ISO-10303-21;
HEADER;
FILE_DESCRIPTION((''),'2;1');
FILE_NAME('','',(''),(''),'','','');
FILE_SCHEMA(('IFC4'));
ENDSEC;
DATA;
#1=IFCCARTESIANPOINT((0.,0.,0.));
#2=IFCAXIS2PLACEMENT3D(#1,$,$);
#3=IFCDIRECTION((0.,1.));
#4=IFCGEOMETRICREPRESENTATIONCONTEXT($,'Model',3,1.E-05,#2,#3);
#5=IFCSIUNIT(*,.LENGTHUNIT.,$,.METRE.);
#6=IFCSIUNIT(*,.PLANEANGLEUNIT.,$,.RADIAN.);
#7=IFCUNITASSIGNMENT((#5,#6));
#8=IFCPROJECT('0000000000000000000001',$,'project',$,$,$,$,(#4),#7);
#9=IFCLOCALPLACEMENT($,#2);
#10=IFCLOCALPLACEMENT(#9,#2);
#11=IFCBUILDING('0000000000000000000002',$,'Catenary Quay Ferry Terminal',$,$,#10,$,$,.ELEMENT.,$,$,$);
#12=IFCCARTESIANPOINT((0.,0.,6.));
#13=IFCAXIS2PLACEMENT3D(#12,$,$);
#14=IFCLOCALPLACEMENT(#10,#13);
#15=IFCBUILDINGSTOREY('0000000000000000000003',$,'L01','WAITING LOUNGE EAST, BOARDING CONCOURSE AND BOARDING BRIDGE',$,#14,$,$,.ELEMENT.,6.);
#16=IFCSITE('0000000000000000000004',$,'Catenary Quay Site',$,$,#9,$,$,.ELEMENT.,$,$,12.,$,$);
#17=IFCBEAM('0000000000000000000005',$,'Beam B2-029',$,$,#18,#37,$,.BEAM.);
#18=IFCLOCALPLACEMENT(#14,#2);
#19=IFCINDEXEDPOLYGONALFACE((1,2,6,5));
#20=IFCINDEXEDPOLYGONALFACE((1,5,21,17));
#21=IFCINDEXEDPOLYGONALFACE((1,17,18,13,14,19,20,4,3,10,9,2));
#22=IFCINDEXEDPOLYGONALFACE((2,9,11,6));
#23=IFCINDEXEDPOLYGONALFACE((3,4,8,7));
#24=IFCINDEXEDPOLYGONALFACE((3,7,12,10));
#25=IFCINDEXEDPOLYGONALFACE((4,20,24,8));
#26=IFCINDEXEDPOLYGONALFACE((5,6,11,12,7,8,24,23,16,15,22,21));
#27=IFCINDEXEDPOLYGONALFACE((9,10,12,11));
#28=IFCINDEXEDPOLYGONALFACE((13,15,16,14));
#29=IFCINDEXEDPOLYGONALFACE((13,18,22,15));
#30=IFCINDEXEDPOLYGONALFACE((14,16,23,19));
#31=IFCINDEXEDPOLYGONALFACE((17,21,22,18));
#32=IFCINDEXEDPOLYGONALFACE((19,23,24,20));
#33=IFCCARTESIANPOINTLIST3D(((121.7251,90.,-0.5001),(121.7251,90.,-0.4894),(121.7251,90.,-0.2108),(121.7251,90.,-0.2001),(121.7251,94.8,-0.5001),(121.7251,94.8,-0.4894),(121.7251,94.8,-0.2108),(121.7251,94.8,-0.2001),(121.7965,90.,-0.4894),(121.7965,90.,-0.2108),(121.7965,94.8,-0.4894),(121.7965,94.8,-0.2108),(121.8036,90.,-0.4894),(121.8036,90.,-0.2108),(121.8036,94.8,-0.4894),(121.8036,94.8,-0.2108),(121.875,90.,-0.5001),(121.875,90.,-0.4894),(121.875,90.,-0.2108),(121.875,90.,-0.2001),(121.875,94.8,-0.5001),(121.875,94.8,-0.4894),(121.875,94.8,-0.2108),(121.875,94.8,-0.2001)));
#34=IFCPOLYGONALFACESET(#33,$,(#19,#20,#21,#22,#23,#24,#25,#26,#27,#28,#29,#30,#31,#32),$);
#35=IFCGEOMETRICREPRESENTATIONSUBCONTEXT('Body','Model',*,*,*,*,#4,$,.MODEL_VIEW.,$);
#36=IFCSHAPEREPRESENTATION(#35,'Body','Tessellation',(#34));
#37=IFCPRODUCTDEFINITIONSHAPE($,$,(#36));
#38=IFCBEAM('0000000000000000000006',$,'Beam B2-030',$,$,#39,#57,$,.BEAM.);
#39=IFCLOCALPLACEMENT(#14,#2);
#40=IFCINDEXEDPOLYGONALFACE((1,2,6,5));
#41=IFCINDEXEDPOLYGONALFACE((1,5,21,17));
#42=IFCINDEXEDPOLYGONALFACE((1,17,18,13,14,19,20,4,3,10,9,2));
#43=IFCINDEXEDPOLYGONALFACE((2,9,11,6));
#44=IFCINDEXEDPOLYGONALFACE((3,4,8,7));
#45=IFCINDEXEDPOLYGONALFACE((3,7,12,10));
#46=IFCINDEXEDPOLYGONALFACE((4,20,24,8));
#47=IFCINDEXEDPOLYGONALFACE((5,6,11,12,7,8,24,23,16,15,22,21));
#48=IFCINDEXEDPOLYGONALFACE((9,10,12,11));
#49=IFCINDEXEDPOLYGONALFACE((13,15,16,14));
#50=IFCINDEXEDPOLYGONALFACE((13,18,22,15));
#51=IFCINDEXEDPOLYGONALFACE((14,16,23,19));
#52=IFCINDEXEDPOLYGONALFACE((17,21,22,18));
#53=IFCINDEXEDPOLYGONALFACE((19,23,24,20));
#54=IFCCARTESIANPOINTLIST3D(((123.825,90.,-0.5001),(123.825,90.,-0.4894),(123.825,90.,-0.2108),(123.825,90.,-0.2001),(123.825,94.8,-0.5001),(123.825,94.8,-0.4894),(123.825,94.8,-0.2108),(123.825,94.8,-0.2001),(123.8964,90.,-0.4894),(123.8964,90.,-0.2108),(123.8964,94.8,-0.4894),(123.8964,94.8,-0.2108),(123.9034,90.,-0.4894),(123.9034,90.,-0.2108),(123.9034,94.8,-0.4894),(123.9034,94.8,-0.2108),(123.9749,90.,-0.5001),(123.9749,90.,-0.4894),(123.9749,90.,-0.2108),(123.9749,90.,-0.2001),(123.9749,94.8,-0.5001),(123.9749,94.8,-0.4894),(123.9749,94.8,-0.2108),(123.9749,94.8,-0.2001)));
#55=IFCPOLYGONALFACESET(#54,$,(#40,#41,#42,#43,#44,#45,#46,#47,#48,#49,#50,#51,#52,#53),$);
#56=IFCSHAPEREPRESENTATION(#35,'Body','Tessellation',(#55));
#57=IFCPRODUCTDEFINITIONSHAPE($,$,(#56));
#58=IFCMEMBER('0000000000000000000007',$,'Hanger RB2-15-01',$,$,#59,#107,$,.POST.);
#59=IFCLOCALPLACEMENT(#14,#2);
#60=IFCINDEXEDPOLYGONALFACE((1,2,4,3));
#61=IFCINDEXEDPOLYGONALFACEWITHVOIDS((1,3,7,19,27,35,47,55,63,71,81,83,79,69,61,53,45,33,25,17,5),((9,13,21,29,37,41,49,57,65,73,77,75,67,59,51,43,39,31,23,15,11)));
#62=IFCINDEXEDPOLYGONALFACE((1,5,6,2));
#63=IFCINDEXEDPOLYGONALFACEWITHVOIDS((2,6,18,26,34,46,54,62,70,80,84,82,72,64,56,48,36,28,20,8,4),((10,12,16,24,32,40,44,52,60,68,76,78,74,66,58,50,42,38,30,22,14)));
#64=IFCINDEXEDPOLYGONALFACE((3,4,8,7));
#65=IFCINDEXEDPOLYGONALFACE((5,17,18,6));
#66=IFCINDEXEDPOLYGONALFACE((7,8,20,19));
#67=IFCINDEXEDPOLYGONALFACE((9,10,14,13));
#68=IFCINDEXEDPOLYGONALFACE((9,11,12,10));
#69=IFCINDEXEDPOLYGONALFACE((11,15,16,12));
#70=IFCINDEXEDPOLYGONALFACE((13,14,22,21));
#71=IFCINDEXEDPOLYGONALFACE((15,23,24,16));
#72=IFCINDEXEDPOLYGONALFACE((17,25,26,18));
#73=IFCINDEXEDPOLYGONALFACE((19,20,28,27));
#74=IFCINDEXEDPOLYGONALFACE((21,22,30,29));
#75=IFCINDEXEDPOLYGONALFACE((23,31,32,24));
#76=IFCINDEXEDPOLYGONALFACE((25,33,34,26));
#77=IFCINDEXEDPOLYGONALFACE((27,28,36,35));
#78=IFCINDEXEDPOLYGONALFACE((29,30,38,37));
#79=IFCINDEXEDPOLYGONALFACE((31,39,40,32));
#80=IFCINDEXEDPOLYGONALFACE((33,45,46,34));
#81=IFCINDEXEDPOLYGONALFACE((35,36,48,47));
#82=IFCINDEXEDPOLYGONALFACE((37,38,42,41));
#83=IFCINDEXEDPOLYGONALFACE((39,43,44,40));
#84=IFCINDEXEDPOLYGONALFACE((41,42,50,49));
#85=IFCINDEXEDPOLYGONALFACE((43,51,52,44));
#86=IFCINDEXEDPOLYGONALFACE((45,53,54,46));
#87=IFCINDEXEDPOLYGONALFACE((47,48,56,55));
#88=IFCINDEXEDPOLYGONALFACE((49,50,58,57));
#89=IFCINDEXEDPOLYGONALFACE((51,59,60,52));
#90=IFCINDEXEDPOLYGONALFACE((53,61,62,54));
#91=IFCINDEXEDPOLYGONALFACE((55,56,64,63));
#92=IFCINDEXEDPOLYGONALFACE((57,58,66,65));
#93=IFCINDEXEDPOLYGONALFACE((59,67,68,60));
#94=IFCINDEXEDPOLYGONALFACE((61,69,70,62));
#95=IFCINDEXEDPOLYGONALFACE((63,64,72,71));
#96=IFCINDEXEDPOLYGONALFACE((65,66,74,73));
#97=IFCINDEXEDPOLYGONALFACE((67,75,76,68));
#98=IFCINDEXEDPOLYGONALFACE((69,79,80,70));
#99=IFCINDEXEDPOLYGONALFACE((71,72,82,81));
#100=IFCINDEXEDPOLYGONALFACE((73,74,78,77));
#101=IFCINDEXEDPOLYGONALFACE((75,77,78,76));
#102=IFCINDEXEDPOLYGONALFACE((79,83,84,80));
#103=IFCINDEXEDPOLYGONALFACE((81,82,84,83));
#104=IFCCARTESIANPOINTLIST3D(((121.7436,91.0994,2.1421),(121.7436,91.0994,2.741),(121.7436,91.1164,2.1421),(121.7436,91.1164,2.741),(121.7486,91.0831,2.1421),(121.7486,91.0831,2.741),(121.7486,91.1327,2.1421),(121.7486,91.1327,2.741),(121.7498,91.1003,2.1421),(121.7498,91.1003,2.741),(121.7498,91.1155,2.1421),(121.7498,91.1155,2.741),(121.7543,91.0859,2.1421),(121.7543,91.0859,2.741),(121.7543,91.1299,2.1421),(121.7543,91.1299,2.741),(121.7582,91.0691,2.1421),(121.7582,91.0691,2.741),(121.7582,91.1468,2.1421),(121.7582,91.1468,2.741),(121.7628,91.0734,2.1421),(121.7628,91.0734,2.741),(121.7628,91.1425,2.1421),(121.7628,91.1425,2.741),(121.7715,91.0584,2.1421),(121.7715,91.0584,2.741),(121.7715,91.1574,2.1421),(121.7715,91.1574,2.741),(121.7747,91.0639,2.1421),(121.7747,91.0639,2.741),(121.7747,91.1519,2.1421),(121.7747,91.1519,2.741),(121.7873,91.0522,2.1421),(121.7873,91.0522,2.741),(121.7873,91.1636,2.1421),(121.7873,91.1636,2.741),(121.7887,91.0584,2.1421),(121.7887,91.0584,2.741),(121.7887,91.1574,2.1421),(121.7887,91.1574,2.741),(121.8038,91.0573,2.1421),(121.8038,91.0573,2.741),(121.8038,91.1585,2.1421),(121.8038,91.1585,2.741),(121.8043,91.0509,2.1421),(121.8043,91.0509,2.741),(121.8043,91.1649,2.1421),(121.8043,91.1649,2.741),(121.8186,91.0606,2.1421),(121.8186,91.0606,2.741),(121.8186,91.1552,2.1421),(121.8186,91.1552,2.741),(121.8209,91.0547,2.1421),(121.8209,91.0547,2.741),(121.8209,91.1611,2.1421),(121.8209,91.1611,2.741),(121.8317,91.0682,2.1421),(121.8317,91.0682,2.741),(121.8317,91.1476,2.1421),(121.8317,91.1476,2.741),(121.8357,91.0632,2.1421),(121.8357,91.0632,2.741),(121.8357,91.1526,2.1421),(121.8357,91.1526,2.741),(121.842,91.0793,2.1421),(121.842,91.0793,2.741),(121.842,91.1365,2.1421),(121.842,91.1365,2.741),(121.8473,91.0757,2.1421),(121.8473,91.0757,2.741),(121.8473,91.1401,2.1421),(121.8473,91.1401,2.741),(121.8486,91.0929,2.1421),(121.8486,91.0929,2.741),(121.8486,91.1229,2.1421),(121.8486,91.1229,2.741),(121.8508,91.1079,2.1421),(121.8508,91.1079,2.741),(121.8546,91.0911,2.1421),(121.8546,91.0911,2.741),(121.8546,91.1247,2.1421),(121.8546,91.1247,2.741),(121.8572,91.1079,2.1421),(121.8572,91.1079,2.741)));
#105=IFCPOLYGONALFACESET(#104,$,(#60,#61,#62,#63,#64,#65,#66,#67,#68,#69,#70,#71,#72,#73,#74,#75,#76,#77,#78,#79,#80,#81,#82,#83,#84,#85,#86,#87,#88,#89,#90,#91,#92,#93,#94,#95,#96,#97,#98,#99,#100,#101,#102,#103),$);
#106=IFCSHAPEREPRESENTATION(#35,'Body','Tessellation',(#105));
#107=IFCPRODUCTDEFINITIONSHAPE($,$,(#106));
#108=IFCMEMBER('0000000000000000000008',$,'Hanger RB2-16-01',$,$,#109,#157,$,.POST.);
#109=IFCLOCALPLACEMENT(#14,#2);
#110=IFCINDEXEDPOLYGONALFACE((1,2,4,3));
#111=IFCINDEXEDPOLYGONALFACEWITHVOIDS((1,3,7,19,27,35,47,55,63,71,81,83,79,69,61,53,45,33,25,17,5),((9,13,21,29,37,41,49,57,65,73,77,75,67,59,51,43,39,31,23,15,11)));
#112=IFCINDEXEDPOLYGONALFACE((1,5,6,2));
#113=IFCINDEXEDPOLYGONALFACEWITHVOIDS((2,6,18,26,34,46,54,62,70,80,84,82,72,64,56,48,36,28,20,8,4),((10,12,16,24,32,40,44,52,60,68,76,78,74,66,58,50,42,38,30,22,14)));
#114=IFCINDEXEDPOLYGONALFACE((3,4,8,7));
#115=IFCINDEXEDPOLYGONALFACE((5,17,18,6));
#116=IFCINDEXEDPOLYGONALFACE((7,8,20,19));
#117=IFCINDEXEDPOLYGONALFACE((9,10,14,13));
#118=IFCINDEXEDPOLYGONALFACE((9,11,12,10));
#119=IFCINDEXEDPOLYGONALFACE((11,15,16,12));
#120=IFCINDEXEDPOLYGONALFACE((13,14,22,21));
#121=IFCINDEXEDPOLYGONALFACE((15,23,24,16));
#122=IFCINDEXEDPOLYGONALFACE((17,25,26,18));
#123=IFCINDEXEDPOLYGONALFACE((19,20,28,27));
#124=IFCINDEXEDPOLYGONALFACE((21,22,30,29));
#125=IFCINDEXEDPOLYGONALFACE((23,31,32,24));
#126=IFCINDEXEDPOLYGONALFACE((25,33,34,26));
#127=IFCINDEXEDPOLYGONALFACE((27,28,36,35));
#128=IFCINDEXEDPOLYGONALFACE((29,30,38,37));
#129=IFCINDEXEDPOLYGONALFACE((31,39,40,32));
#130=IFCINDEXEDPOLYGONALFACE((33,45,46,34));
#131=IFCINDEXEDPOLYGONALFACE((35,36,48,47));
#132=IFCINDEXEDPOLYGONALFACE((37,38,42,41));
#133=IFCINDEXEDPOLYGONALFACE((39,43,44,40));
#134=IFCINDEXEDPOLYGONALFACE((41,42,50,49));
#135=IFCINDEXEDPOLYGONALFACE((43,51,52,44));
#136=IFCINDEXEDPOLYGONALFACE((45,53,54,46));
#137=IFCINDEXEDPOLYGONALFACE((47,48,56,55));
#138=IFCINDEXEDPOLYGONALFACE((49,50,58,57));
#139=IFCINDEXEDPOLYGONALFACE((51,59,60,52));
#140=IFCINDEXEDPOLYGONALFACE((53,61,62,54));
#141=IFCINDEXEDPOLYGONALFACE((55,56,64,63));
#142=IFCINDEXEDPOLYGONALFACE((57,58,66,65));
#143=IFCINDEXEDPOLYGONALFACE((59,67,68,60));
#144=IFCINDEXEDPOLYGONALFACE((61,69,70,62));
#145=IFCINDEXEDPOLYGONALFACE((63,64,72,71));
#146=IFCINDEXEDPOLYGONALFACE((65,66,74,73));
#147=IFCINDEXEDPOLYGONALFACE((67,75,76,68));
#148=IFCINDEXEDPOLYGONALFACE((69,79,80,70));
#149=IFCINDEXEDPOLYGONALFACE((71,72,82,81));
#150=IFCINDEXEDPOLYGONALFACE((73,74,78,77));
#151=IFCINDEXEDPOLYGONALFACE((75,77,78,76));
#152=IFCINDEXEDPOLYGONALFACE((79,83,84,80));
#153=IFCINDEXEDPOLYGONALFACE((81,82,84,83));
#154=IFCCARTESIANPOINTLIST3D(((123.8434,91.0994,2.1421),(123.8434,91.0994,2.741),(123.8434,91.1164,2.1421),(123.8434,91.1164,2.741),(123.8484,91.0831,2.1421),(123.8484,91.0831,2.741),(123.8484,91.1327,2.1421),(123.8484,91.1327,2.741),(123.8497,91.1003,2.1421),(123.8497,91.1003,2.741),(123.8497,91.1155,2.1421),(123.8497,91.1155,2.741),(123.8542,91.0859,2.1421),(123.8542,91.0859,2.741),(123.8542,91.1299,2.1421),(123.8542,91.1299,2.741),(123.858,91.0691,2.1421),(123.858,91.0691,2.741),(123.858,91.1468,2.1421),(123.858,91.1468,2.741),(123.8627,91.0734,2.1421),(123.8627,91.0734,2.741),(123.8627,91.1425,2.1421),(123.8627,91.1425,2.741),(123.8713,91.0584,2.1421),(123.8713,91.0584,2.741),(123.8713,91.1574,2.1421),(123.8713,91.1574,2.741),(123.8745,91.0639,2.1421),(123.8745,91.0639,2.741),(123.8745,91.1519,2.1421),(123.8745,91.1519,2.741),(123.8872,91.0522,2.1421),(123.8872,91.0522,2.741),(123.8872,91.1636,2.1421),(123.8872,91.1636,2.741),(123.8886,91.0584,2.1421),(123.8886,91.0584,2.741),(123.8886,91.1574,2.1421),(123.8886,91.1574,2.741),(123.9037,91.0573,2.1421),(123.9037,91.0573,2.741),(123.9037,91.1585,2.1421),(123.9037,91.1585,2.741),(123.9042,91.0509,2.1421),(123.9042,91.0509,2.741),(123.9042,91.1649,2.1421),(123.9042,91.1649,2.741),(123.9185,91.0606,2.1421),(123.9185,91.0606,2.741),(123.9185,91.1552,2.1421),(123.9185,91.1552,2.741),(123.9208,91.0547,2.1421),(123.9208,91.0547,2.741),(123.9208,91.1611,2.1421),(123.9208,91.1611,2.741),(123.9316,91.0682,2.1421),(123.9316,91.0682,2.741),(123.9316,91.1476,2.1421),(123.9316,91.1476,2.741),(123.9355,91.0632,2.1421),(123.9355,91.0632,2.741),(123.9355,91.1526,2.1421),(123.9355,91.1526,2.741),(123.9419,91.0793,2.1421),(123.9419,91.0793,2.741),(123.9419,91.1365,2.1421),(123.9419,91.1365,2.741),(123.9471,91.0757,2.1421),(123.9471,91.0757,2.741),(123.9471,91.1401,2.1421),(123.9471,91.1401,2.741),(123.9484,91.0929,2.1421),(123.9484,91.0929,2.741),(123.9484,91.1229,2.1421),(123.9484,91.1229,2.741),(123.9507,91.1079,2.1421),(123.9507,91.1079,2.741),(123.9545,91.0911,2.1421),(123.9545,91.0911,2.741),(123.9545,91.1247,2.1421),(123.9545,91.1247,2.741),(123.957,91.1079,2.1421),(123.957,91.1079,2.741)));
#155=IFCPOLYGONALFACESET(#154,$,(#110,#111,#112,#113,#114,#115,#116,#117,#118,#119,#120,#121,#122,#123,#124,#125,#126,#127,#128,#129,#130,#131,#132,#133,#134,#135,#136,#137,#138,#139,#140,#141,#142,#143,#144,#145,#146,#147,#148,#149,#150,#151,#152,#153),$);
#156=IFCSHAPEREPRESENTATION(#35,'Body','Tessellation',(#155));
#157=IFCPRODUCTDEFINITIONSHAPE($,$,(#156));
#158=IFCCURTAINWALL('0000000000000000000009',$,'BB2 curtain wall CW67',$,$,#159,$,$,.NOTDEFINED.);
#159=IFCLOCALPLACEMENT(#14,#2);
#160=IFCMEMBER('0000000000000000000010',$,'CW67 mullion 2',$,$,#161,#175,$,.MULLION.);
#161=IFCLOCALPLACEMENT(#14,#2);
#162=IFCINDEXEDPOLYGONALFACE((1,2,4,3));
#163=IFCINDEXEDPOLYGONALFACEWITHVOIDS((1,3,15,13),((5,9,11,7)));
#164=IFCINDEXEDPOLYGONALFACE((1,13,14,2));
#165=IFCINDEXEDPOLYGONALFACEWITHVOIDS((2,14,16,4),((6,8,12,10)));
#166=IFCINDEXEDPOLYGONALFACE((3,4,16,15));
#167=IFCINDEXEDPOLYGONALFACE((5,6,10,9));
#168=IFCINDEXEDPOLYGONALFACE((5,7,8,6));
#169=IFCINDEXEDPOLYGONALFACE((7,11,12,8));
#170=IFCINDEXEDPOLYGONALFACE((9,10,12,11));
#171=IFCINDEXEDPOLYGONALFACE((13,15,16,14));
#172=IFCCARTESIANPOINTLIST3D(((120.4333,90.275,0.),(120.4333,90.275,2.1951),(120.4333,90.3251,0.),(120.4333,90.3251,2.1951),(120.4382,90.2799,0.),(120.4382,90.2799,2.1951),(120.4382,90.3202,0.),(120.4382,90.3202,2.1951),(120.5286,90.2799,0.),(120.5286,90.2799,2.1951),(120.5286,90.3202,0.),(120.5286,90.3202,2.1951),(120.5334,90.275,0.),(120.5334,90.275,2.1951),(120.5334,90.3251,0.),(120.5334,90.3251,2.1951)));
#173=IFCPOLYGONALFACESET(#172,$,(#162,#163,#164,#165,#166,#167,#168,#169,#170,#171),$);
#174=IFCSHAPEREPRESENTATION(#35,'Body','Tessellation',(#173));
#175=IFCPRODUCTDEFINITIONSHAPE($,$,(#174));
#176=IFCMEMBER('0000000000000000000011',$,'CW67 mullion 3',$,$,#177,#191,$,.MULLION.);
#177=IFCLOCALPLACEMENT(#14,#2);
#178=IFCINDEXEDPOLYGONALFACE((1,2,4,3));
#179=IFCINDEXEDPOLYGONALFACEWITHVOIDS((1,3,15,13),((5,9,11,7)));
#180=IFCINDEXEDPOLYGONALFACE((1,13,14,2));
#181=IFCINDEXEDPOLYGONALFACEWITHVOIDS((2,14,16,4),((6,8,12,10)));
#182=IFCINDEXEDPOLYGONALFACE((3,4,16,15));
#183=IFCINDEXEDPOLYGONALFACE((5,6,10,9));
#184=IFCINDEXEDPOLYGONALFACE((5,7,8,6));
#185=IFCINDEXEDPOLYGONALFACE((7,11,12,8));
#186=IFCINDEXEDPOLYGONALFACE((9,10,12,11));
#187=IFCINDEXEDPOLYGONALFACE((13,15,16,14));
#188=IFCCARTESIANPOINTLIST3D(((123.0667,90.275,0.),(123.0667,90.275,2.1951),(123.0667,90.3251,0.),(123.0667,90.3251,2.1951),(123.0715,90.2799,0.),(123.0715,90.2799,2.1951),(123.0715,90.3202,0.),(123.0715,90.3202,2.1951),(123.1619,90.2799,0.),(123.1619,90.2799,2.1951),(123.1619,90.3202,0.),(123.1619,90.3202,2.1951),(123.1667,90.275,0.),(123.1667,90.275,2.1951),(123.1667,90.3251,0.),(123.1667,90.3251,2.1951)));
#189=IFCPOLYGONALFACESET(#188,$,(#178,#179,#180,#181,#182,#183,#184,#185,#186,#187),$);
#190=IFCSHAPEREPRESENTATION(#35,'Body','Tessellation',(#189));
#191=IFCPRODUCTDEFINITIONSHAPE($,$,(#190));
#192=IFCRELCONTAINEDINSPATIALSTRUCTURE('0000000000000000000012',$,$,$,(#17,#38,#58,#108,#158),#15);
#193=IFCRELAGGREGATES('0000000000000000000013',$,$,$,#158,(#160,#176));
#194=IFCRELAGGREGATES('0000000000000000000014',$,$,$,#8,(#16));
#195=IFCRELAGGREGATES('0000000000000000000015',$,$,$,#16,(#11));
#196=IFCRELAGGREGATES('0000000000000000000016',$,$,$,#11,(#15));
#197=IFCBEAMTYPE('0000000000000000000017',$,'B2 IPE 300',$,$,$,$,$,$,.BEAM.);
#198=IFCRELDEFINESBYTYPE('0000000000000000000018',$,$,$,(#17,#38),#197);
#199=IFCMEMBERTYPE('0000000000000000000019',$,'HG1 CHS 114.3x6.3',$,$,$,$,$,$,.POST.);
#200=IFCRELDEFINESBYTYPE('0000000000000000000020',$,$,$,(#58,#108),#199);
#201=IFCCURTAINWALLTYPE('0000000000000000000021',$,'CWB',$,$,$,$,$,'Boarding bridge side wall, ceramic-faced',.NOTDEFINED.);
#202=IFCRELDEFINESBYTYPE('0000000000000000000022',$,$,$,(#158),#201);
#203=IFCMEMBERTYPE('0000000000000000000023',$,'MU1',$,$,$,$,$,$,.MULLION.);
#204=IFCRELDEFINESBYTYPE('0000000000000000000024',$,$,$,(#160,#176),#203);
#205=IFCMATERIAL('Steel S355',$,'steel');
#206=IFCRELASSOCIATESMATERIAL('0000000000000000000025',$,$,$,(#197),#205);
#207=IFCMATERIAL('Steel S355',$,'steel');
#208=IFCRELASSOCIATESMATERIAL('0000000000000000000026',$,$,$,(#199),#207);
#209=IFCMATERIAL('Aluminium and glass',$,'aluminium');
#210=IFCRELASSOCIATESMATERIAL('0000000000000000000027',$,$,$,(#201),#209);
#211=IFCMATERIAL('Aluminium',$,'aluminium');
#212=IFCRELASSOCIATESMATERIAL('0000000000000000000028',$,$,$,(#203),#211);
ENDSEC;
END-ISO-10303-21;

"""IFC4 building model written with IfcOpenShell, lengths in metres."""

from ifc_helpers import new_model, si_unit, direction, frame, origin, origin_2d, place, context, subcontext, project, spatial, hollow_rectangle, hollow_circle, i_section, extrude, material, material_profile, profile_set, type_object, element, aggregate, save


model = new_model("IFC4")

# Units and contexts
model_context = context("Model", 3, precision=1e-05, world=origin(), true_north=direction((0.0, 1.0)))
body_context = subcontext(model_context, "Body", "Model", "MODEL_VIEW")
ifc_project = project(units=[si_unit("LENGTHUNIT", "METRE"), si_unit("PLANEANGLEUNIT", "RADIAN")], contexts=[model_context])

# Site, building, storey
site_placement = place(None, origin())
site = spatial("IfcSite", under=ifc_project, at=site_placement, Name="Catenary Quay Site", CompositionType="ELEMENT", RefElevation=12.0)
building_placement = place(site_placement, origin())
building = spatial("IfcBuilding", under=site, at=building_placement, Name="Catenary Quay Ferry Terminal", CompositionType="ELEMENT")
storey_placement = place(building_placement, frame((0.0, 0.0, 6.0)))
storey = spatial("IfcBuildingStorey", under=building, at=storey_placement, Name="L01", Description="WAITING LOUNGE EAST, BOARDING CONCOURSE AND BOARDING BRIDGE", CompositionType="ELEMENT", Elevation=6.0)

# Beams
ifc_material_1 = material(Name="Steel S355", Category="steel")
ifc_material_profile_1 = material_profile(ifc_material_1, i_section(OverallWidth=0.1499, OverallDepth=0.3, WebThickness=0.0071, FlangeThickness=0.0107, at=origin_2d()), Name="IPE 300")
ifc_profile_set_1 = profile_set([ifc_material_profile_1], Name="Steel S355")
beam_type_1 = type_object("IfcBeamType", Name="B2 IPE 300", PredefinedType="BEAM", material=ifc_profile_set_1)
for number, where, z_axis, x_axis, name in (
    (1, (121.8, 90.0, -0.3501), (0.0, 1.0, 0.0), (-1.0, 0.0, 0.0), "Beam B2-029"),
    (2, (123.8999, 90.0, -0.3501), (0.0, 1.0, 0.0), (-1.0, 0.0, 0.0), "Beam B2-030"),
):
    element("IfcBeam", number, at=place(storey_placement, frame(where, z_axis=z_axis, x_axis=x_axis)), inside=storey, type_object=beam_type_1, Name=name, PredefinedType="BEAM", context=body_context, shape_type="SweptSolid", body=[
        extrude(i_section(OverallWidth=0.1499, OverallDepth=0.3, WebThickness=0.0071, FlangeThickness=0.0107, at=origin_2d()), origin(), (0.0, 0.0, 1.0), 4.8),
    ])

# Members
ifc_material_2 = material(Name="Steel S355", Category="steel")
ifc_material_profile_2 = material_profile(ifc_material_2, hollow_circle(Radius=0.0571, WallThickness=0.0063, at=origin_2d()), Name="CHS 114.3x6.3")
ifc_profile_set_2 = profile_set([ifc_material_profile_2], Name="Steel S355")
member_type_1 = type_object("IfcMemberType", Name="HG1 CHS 114.3x6.3", PredefinedType="POST", material=ifc_profile_set_2)
for number, where, z_axis, x_axis, name in (
    (3, (121.8, 91.1079, 2.1421), (0.0, 0.0, 1.0), (1.0, 0.0, 0.0), "Hanger RB2-15-01"),
    (4, (123.8999, 91.1079, 2.1421), (0.0, 0.0, 1.0), (1.0, 0.0, 0.0), "Hanger RB2-16-01"),
):
    element("IfcMember", number, at=place(storey_placement, frame(where, z_axis=z_axis, x_axis=x_axis)), inside=storey, type_object=member_type_1, Name=name, PredefinedType="POST", context=body_context, shape_type="SweptSolid", body=[
        extrude(hollow_circle(Radius=0.0571, WallThickness=0.0063, at=origin_2d()), origin(), (0.0, 0.0, 1.0), 0.5989),
    ])

# Curtain wall, members
ifc_material_3 = material(Name="Aluminium and glass", Category="aluminium")
curtain_wall_type = type_object("IfcCurtainWallType", Name="CWB", ElementType="Boarding bridge side wall, ceramic-faced", PredefinedType="NOTDEFINED", material=ifc_material_3)
curtain_wall_placement = place(storey_placement, origin())
curtain_wall = element("IfcCurtainWall", 5, at=curtain_wall_placement, inside=storey, type_object=curtain_wall_type, Name="BB2 curtain wall CW67", PredefinedType="NOTDEFINED")
ifc_material_4 = material(Name="Aluminium", Category="aluminium")
ifc_material_profile_3 = material_profile(ifc_material_4, hollow_rectangle(XDim=0.05, YDim=0.1001, WallThickness=0.0049, at=origin_2d()), Name="MU1")
ifc_profile_set_3 = profile_set([ifc_material_profile_3], Name="Aluminium")
member_type_2 = type_object("IfcMemberType", Name="MU1", PredefinedType="MULLION", material=ifc_profile_set_3)
member_1_placement = place(storey_placement, frame((120.4834, 90.3, 0.0), z_axis=(0.0, 0.0, 1.0), x_axis=(0.0, 1.0, 0.0)))
member_1 = element("IfcMember", 6, at=member_1_placement, type_object=member_type_2, Name="CW67 mullion 2", PredefinedType="MULLION", context=body_context, shape_type="SweptSolid", body=[
    extrude(hollow_rectangle(XDim=0.05, YDim=0.1001, WallThickness=0.0049, at=origin_2d()), origin(), (0.0, 0.0, 1.0), 2.1951),
])
member_2_placement = place(storey_placement, frame((123.1167, 90.3, 0.0), z_axis=(0.0, 0.0, 1.0), x_axis=(0.0, 1.0, 0.0)))
member_2 = element("IfcMember", 7, at=member_2_placement, type_object=member_type_2, Name="CW67 mullion 3", PredefinedType="MULLION", context=body_context, shape_type="SweptSolid", body=[
    extrude(hollow_rectangle(XDim=0.05, YDim=0.1001, WallThickness=0.0049, at=origin_2d()), origin(), (0.0, 0.0, 1.0), 2.1951),
])

aggregate(curtain_wall, [member_1, member_2])

save(model, "model.ifc")
